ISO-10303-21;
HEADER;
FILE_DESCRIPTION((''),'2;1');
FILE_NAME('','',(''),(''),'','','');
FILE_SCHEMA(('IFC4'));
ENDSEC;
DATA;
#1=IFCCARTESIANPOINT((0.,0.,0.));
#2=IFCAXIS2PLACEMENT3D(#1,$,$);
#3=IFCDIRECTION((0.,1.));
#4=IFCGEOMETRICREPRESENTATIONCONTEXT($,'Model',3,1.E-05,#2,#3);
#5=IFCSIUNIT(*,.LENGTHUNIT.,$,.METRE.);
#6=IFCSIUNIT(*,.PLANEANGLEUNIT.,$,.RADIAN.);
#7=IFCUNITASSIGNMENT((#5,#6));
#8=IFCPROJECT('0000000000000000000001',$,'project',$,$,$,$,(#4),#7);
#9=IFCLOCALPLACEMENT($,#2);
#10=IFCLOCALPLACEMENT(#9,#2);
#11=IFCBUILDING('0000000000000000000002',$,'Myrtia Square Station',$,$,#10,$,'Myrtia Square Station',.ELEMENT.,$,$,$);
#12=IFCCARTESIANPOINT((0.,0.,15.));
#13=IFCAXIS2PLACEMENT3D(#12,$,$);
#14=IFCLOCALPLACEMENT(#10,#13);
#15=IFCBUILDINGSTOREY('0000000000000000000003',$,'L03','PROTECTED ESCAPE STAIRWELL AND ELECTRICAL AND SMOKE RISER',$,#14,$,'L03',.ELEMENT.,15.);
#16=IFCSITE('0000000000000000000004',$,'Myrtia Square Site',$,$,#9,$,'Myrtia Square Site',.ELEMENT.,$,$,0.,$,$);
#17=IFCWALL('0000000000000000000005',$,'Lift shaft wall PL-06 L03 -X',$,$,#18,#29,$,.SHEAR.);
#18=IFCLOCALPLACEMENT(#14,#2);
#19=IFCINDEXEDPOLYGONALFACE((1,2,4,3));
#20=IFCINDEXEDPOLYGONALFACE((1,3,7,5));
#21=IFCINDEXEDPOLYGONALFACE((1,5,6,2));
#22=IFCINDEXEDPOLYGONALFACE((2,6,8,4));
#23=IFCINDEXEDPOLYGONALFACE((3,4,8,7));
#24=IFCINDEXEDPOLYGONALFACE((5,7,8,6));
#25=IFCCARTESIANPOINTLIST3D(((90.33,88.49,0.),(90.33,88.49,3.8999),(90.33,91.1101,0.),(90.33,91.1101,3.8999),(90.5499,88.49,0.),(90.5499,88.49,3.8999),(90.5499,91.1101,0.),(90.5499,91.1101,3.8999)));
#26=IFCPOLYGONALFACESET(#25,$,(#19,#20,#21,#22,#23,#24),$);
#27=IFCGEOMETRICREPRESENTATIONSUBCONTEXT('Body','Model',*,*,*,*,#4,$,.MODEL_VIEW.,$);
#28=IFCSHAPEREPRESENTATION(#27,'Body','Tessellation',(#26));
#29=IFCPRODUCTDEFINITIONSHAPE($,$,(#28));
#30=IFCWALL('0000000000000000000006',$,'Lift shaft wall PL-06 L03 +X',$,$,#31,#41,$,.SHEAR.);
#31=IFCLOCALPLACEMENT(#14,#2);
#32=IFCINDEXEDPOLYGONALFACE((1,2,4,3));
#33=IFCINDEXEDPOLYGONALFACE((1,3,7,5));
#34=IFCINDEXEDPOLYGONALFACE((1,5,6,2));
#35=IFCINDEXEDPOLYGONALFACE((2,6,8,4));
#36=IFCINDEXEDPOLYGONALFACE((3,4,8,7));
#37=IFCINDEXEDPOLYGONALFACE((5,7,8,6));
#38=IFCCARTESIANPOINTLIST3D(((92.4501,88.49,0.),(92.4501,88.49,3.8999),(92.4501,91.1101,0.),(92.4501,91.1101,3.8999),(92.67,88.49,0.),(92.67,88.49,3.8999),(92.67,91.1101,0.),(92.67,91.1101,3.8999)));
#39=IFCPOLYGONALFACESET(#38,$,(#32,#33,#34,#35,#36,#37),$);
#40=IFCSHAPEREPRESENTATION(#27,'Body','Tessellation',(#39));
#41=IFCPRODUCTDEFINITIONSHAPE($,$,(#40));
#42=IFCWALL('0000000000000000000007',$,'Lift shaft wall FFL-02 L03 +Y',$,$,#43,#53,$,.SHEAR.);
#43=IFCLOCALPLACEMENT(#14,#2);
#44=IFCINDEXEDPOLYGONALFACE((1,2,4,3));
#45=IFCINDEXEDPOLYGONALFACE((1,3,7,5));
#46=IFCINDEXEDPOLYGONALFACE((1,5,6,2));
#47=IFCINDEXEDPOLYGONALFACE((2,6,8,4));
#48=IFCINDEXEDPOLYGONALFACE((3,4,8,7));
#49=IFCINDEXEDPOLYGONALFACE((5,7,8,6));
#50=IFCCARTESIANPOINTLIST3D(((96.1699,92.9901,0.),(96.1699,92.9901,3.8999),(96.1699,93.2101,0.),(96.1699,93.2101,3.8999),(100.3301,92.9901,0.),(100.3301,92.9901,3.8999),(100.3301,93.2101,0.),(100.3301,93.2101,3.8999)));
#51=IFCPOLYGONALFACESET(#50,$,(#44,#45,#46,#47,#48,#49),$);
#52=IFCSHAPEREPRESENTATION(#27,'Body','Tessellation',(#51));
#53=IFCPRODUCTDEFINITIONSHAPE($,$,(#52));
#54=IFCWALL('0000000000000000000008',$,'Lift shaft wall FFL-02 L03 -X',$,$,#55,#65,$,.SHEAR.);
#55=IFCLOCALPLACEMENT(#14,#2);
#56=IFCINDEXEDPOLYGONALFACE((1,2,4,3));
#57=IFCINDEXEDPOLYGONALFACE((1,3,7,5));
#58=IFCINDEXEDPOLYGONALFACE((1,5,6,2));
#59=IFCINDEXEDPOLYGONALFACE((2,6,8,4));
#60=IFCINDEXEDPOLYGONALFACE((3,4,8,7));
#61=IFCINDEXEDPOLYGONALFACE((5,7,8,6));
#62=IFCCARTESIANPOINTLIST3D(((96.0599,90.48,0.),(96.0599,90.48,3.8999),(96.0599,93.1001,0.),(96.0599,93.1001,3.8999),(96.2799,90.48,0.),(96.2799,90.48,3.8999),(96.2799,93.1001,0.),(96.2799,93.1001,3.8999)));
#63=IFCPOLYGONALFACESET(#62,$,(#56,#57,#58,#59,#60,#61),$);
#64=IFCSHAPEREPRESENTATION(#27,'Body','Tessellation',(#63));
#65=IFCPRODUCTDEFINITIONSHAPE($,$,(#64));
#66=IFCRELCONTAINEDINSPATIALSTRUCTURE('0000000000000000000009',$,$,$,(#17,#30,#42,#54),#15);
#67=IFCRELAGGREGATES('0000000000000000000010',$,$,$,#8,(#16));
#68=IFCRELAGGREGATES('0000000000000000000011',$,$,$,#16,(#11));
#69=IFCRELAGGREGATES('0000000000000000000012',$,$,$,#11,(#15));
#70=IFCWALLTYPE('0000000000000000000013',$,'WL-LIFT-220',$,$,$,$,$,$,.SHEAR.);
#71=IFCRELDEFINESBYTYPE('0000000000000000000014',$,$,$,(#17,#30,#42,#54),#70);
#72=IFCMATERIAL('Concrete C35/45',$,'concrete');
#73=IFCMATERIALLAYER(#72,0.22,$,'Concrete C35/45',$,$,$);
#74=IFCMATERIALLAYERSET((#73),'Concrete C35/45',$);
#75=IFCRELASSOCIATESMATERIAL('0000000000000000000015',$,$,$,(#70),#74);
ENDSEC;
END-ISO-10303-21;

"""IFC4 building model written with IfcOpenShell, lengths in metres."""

from ifc_helpers import new_model, si_unit, direction, frame, frame_2d, origin, place, context, subcontext, project, spatial, rectangle, extrude, material, layer, layer_set, type_object, element, save


model = new_model("IFC4")

# Units and contexts
model_context = context("Model", 3, precision=1e-05, world=origin(), true_north=direction((0.0, 1.0)))
body_context = subcontext(model_context, "Body", "Model", "MODEL_VIEW")
ifc_project = project(units=[si_unit("LENGTHUNIT", "METRE"), si_unit("PLANEANGLEUNIT", "RADIAN")], contexts=[model_context])

# Site, building, storey
site_placement = place(None, origin())
site = spatial("IfcSite", under=ifc_project, at=site_placement, Name="Myrtia Square Site", LongName="Myrtia Square Site", CompositionType="ELEMENT", RefElevation=0.0)
building_placement = place(site_placement, origin())
building = spatial("IfcBuilding", under=site, at=building_placement, Name="Myrtia Square Station", LongName="Myrtia Square Station", CompositionType="ELEMENT")
storey_placement = place(building_placement, frame((0.0, 0.0, 15.0)))
storey = spatial("IfcBuildingStorey", under=building, at=storey_placement, Name="L03", Description="PROTECTED ESCAPE STAIRWELL AND ELECTRICAL AND SMOKE RISER", LongName="L03", CompositionType="ELEMENT", Elevation=15.0)

# Shared definitions
ifc_material_1 = material(Name="Concrete C35/45", Category="concrete")

# Shared definitions
ifc_layer_1 = layer(ifc_material_1, 0.22, Name="Concrete C35/45")
ifc_layer_set_1 = layer_set([ifc_layer_1], Name="Concrete C35/45")
wall_type_1 = type_object("IfcWallType", Name="WL-LIFT-220", PredefinedType="SHEAR", material=ifc_layer_set_1)

# Walls
for number, where, z_axis, x_axis, name in (
    (1, (90.4399, 88.49, 0.0), (0.0, 0.0, 1.0), (0.0, 1.0, 0.0), "Lift shaft wall PL-06 L03 -X"),
    (2, (92.5601, 88.49, 0.0), (0.0, 0.0, 1.0), (0.0, 1.0, 0.0), "Lift shaft wall PL-06 L03 +X"),
):
    element("IfcWall", number, at=place(storey_placement, frame(where, z_axis=z_axis, x_axis=x_axis)), inside=storey, type_object=wall_type_1, Name=name, PredefinedType="SHEAR", context=body_context, shape_type="SweptSolid", body=[
        extrude(rectangle(XDim=2.6201, YDim=0.22, at=frame_2d((1.3101, 0.0))), origin(), (0.0, 0.0, 1.0), 3.8999),
    ])

# Walls
wall_1_placement = place(storey_placement, frame((96.1699, 93.1001, 0.0), z_axis=(0.0, 0.0, 1.0), x_axis=(1.0, 0.0, 0.0)))
element("IfcWall", 3, at=wall_1_placement, inside=storey, type_object=wall_type_1, Name="Lift shaft wall FFL-02 L03 +Y", PredefinedType="SHEAR", context=body_context, shape_type="SweptSolid", body=[
    extrude(rectangle(XDim=4.1602, YDim=0.22, at=frame_2d((2.0801, 0.0))), origin(), (0.0, 0.0, 1.0), 3.8999),
])
wall_2_placement = place(storey_placement, frame((96.1699, 90.48, 0.0), z_axis=(0.0, 0.0, 1.0), x_axis=(0.0, 1.0, 0.0)))
element("IfcWall", 4, at=wall_2_placement, inside=storey, type_object=wall_type_1, Name="Lift shaft wall FFL-02 L03 -X", PredefinedType="SHEAR", context=body_context, shape_type="SweptSolid", body=[
    extrude(rectangle(XDim=2.6201, YDim=0.22, at=frame_2d((1.3101, 0.0))), origin(), (0.0, 0.0, 1.0), 3.8999),
])

save(model, "model.ifc")
